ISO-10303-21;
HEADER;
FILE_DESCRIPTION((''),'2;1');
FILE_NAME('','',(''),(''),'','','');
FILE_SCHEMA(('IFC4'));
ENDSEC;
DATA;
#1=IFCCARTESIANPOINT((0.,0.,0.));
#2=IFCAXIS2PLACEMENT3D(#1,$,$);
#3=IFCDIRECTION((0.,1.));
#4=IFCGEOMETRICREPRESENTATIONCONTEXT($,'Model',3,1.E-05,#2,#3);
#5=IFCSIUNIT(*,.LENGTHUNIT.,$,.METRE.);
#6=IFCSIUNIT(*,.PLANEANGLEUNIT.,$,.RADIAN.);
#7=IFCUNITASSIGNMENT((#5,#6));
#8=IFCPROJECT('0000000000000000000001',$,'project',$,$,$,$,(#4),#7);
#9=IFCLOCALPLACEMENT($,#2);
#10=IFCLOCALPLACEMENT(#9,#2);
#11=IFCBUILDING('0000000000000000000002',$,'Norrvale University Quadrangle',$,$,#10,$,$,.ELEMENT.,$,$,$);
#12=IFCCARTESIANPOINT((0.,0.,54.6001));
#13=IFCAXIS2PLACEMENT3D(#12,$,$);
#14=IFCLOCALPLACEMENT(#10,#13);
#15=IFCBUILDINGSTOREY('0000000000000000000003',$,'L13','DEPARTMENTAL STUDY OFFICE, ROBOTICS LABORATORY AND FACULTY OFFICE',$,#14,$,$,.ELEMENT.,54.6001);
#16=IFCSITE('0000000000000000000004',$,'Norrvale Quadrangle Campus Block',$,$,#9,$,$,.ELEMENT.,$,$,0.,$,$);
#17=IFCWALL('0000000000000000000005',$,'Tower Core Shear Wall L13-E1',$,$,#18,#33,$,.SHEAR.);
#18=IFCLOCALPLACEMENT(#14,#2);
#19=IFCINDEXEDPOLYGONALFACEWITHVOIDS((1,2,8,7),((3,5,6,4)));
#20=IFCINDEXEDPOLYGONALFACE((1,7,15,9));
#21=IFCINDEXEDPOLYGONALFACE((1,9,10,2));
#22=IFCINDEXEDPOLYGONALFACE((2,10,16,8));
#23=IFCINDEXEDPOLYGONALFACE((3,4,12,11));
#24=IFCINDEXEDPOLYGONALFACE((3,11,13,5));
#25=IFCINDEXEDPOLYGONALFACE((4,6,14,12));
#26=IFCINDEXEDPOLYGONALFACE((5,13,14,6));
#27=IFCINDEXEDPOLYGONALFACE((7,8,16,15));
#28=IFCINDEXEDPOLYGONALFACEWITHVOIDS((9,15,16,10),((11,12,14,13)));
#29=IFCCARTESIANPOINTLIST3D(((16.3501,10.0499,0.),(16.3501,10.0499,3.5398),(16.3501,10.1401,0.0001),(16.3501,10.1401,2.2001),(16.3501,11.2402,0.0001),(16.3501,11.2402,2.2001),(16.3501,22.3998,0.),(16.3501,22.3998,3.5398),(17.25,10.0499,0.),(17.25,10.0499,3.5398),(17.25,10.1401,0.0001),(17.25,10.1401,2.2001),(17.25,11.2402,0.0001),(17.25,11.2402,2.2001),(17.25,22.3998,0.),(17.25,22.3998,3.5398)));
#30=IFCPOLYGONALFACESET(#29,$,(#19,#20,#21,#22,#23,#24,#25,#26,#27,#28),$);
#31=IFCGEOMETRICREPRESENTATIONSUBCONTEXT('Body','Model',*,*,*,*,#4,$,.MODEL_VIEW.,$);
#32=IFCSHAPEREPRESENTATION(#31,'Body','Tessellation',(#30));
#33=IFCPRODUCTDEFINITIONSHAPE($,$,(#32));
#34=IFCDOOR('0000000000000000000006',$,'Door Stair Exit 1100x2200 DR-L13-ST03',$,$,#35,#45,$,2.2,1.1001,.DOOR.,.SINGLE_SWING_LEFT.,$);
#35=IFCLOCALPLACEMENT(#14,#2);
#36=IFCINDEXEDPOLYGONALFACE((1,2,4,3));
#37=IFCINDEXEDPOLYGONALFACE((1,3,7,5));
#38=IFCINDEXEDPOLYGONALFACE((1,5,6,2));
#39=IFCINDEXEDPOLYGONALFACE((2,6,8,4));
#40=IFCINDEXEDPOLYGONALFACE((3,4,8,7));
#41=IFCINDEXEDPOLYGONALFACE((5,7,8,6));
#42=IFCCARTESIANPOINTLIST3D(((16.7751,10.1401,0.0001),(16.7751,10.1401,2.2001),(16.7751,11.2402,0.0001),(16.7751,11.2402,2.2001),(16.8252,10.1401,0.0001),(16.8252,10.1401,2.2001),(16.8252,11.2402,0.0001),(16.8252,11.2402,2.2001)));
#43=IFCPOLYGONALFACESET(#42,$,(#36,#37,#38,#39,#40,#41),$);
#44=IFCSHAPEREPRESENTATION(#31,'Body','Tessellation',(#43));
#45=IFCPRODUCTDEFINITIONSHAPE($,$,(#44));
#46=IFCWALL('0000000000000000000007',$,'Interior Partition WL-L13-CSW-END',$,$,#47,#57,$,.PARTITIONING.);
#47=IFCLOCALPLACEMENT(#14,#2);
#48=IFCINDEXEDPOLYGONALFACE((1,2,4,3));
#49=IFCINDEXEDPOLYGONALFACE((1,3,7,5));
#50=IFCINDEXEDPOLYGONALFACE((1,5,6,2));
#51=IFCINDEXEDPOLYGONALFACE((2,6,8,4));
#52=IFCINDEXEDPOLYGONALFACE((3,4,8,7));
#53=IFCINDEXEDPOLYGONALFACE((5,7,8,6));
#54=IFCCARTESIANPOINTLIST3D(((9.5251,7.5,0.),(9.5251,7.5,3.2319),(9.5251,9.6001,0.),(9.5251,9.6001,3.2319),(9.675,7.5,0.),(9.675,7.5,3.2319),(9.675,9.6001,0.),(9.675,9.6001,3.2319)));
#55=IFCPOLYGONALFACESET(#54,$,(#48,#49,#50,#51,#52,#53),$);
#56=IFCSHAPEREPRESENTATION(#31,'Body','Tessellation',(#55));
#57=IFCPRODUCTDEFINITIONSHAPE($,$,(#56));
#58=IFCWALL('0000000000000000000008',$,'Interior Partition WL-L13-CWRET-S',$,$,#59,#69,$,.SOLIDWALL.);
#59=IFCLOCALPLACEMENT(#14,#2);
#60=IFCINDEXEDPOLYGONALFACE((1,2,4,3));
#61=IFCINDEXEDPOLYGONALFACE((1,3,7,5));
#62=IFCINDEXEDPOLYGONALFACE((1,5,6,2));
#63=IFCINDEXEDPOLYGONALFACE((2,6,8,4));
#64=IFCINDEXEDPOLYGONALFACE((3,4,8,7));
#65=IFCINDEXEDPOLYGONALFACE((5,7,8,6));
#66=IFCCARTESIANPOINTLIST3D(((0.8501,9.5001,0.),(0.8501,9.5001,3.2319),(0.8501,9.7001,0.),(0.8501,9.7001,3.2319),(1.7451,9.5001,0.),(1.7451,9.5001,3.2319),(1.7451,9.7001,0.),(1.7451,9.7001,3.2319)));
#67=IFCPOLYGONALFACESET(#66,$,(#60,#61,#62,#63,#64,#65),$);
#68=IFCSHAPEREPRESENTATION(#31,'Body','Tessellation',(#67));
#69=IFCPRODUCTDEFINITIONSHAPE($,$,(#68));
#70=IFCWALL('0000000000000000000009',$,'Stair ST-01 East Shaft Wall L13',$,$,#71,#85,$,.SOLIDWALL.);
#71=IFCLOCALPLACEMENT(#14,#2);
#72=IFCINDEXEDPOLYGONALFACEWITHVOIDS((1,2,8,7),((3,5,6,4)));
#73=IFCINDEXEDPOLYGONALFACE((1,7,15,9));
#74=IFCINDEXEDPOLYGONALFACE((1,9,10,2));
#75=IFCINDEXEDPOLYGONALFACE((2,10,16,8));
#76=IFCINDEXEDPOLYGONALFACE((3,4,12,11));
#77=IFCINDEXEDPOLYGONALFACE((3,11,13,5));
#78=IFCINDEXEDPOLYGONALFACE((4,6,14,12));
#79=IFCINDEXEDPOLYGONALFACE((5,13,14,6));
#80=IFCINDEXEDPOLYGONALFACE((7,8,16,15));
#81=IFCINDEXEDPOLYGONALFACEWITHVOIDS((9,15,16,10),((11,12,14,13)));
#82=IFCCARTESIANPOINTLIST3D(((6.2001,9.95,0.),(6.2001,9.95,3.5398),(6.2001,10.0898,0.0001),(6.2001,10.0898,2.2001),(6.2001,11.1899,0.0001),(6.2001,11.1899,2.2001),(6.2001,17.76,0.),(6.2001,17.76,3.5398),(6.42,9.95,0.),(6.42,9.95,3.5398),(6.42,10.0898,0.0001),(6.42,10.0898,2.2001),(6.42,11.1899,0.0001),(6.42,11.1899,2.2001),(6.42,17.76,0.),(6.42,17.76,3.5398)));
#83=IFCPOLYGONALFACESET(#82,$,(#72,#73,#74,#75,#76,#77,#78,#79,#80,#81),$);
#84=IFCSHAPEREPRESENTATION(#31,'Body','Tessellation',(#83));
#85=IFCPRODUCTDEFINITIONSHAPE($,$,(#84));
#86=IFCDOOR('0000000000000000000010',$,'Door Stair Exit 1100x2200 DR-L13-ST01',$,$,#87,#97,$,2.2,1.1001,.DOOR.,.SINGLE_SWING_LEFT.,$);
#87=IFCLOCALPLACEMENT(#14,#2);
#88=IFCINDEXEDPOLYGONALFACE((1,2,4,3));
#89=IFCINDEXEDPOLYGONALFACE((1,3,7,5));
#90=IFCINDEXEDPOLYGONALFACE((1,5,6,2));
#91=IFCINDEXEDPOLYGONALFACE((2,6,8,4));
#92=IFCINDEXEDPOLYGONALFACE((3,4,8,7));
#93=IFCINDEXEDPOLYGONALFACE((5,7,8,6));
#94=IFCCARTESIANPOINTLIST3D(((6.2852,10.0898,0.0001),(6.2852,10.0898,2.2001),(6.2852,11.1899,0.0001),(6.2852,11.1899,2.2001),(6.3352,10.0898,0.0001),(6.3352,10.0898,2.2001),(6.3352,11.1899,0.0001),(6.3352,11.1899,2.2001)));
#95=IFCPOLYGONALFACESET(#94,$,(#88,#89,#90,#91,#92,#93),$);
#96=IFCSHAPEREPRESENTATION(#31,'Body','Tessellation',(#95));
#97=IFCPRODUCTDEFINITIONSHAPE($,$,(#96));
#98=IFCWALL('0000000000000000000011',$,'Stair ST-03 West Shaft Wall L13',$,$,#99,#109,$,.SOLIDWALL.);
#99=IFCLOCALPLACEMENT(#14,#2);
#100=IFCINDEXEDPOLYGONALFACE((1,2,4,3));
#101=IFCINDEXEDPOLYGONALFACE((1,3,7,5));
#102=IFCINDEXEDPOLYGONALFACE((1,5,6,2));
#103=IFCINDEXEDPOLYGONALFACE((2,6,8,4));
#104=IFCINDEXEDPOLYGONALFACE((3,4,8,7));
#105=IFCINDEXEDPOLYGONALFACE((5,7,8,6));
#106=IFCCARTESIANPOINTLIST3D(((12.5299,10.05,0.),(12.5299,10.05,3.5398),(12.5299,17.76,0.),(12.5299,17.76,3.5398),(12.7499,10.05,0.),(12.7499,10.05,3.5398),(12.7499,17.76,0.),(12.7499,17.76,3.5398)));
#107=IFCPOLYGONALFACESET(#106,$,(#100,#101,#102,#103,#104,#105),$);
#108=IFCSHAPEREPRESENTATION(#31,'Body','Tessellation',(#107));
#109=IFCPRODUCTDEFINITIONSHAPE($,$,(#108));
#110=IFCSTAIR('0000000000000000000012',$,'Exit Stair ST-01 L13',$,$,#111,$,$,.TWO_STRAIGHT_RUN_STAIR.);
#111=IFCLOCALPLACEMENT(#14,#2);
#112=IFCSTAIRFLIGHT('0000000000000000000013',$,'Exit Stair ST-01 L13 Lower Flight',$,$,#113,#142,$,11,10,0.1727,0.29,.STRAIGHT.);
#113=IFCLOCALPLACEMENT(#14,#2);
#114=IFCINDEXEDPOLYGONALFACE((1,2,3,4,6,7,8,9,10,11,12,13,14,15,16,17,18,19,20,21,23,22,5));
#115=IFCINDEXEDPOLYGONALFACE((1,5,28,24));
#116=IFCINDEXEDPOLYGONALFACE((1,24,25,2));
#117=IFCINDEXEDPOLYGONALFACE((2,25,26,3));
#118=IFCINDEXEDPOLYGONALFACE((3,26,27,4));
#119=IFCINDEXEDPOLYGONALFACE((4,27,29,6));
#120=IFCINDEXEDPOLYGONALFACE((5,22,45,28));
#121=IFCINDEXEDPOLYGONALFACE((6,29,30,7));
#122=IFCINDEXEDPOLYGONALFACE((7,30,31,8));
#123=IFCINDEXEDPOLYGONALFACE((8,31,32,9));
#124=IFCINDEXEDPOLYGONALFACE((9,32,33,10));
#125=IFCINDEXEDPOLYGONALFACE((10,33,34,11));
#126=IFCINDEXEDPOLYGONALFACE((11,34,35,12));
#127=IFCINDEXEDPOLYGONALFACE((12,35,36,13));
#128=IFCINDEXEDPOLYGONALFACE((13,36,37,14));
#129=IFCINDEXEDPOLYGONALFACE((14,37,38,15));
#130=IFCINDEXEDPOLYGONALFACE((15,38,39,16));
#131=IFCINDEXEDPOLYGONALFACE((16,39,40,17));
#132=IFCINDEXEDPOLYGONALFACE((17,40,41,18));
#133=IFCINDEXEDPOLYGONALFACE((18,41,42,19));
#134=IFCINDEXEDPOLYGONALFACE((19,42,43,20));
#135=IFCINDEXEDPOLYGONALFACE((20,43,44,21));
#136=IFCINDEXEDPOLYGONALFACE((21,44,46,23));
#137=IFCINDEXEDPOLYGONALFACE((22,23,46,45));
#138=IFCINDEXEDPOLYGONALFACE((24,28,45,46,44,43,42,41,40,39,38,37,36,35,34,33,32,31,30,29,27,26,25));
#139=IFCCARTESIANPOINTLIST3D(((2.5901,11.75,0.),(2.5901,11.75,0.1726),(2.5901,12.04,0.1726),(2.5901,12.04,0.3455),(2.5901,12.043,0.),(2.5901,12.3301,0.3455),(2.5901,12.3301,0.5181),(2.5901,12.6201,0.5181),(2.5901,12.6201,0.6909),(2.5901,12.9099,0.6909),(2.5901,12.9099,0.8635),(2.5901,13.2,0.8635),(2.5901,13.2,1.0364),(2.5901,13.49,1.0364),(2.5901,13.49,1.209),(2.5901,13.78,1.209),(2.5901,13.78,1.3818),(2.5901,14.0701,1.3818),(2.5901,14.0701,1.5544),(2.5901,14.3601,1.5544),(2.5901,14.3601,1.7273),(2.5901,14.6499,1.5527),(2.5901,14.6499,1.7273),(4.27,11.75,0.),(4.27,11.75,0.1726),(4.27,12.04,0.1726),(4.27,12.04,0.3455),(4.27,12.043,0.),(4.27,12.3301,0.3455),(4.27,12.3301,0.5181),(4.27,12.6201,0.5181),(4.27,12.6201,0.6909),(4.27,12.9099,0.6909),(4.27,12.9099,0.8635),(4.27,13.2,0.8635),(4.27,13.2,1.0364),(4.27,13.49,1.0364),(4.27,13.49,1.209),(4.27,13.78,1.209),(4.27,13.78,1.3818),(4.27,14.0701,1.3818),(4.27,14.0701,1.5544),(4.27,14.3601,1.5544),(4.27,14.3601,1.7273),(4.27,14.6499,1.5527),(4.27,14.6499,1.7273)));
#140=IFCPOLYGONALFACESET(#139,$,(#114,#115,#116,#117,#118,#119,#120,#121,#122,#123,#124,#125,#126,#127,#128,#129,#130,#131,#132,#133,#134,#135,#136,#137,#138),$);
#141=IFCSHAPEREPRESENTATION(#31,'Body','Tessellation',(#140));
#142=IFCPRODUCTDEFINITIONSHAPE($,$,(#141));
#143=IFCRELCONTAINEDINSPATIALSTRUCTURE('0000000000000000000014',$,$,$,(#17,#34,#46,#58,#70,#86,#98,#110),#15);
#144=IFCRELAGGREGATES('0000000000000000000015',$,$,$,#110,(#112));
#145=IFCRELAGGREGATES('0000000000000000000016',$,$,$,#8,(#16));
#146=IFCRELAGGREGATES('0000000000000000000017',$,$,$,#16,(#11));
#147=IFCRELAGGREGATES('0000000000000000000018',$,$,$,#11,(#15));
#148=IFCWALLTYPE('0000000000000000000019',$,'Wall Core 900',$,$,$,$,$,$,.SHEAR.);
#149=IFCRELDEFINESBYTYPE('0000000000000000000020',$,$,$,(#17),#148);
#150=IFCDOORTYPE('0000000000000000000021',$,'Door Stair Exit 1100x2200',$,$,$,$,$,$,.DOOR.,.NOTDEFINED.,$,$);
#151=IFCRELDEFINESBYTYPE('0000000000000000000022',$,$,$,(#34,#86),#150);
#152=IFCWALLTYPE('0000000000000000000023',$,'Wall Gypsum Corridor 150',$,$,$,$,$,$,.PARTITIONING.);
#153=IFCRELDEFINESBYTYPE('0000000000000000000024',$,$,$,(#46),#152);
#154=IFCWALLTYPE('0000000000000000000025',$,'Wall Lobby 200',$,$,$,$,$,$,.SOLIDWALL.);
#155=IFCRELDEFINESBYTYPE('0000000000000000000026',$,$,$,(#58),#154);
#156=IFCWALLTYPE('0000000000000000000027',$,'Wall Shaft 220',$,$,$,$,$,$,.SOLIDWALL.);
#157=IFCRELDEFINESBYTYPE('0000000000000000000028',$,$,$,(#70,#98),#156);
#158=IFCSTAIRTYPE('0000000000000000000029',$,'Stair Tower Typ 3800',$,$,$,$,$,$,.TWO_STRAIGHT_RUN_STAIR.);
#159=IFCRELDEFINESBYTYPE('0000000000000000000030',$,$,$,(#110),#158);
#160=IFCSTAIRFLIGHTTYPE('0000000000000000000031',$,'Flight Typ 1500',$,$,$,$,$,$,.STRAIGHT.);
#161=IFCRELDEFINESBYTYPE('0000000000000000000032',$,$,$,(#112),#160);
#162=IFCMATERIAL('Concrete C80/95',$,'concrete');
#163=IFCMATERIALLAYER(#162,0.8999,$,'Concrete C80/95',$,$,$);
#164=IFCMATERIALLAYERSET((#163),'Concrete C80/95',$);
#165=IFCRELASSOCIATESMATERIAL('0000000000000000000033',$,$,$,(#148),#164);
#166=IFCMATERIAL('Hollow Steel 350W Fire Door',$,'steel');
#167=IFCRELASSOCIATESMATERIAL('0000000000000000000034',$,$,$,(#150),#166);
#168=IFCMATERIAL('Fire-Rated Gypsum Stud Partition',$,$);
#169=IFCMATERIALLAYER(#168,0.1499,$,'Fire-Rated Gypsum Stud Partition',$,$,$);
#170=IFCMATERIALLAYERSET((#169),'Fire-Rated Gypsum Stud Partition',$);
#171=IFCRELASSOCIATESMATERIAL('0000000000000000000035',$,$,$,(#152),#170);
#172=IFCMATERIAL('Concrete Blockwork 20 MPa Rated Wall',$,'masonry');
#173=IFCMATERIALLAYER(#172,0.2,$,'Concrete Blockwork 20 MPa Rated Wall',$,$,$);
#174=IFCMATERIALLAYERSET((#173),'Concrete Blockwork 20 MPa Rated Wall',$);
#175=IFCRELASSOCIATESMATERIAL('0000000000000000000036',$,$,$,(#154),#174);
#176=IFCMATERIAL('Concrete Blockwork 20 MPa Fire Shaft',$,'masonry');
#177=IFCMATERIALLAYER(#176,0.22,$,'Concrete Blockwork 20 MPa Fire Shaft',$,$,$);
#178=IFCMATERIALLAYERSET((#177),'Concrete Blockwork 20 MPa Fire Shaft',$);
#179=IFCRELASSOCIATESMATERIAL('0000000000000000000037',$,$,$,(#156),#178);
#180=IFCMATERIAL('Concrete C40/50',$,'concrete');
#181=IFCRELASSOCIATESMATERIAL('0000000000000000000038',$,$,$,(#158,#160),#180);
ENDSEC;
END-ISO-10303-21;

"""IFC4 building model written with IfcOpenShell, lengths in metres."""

from ifc_helpers import new_model, si_unit, direction, frame, frame_2d, origin, place, context, subcontext, project, spatial, polyline, rectangle, outline, extrude, material, layer, layer_set, type_object, element, fill, aggregate, save


model = new_model("IFC4")

# Units and contexts
model_context = context("Model", 3, precision=1e-05, world=origin(), true_north=direction((0.0, 1.0)))
body_context = subcontext(model_context, "Body", "Model", "MODEL_VIEW")
ifc_project = project(units=[si_unit("LENGTHUNIT", "METRE"), si_unit("PLANEANGLEUNIT", "RADIAN")], contexts=[model_context])

# Site, building, storey
site_placement = place(None, origin())
site = spatial("IfcSite", under=ifc_project, at=site_placement, Name="Norrvale Quadrangle Campus Block", CompositionType="ELEMENT", RefElevation=0.0)
building_placement = place(site_placement, origin())
building = spatial("IfcBuilding", under=site, at=building_placement, Name="Norrvale University Quadrangle", CompositionType="ELEMENT")
storey_placement = place(building_placement, frame((0.0, 0.0, 54.6001)))
storey = spatial("IfcBuildingStorey", under=building, at=storey_placement, Name="L13", Description="DEPARTMENTAL STUDY OFFICE, ROBOTICS LABORATORY AND FACULTY OFFICE", CompositionType="ELEMENT", Elevation=54.6001)

# Shared definitions
ifc_material_1 = material(Name="Concrete C80/95", Category="concrete")

# Shared definitions
ifc_layer_1 = layer(ifc_material_1, 0.8999, Name="Concrete C80/95")
ifc_layer_set_1 = layer_set([ifc_layer_1], Name="Concrete C80/95")
wall_type_1 = type_object("IfcWallType", Name="Wall Core 900", PredefinedType="SHEAR", material=ifc_layer_set_1)

# Wall, opening, door
wall_1_placement = place(storey_placement, frame((16.8, 10.05, 0.0), z_axis=(0.0, 0.0, 1.0), x_axis=(0.0, 1.0, 0.0)))
wall_1 = element("IfcWall", 1, at=wall_1_placement, inside=storey, type_object=wall_type_1, Name="Tower Core Shear Wall L13-E1", PredefinedType="SHEAR", context=body_context, shape_type="SweptSolid", body=[
    extrude(rectangle(XDim=12.3499, YDim=0.8999, at=frame_2d((6.1748, 0.0))), origin(), (0.0, 0.0, 1.0), 3.5398),
])
opening_1_placement = place(wall_1_placement, frame((0.0901, 0.0, 0.0)))
opening_1 = element("IfcOpeningElement", 2, at=opening_1_placement, cuts=wall_1, PredefinedType="OPENING", context=body_context, shape_type="SweptSolid", body=[
    extrude(rectangle(XDim=1.1001, YDim=2.2, at=frame_2d((0.55, 1.1001))), frame((0.0, 0.4619, 0.0), z_axis=(0.0, -1.0, 0.0), x_axis=(1.0, 0.0, 0.0)), (0.0, 0.0, 1.0), 0.9238),
])
ifc_material_2 = material(Name="Hollow Steel 350W Fire Door", Category="steel")
door_type = type_object("IfcDoorType", Name="Door Stair Exit 1100x2200", OperationType="NOTDEFINED", PredefinedType="DOOR", material=ifc_material_2)
door_1_placement = place(opening_1_placement, origin())
door_1 = element("IfcDoor", 3, at=door_1_placement, inside=storey, type_object=door_type, Name="Door Stair Exit 1100x2200 DR-L13-ST03", OperationType="SINGLE_SWING_LEFT", OverallHeight=2.2, OverallWidth=1.1001, PredefinedType="DOOR", context=body_context, shape_type="SweptSolid", body=[
    extrude(rectangle(XDim=1.1001, YDim=2.2, at=frame_2d((0.55, 1.1001))), frame((0.0, 0.0249, 0.0), z_axis=(0.0, -1.0, 0.0), x_axis=(1.0, 0.0, 0.0)), (0.0, 0.0, 1.0), 0.05),
])
fill(opening_1, door_1)

# Walls
ifc_material_3 = material(Name="Fire-Rated Gypsum Stud Partition")
ifc_layer_2 = layer(ifc_material_3, 0.1499, Name="Fire-Rated Gypsum Stud Partition")
ifc_layer_set_2 = layer_set([ifc_layer_2], Name="Fire-Rated Gypsum Stud Partition")
wall_type_2 = type_object("IfcWallType", Name="Wall Gypsum Corridor 150", PredefinedType="PARTITIONING", material=ifc_layer_set_2)
wall_2_placement = place(storey_placement, frame((9.6001, 7.5, 0.0), z_axis=(0.0, 0.0, 1.0), x_axis=(0.0, 1.0, 0.0)))
element("IfcWall", 4, at=wall_2_placement, inside=storey, type_object=wall_type_2, Name="Interior Partition WL-L13-CSW-END", PredefinedType="PARTITIONING", context=body_context, shape_type="SweptSolid", body=[
    extrude(rectangle(XDim=2.1001, YDim=0.1499, at=frame_2d((1.05, 0.0))), origin(), (0.0, 0.0, 1.0), 3.2319),
])
ifc_material_4 = material(Name="Concrete Blockwork 20 MPa Rated Wall", Category="masonry")
ifc_layer_3 = layer(ifc_material_4, 0.2, Name="Concrete Blockwork 20 MPa Rated Wall")
ifc_layer_set_3 = layer_set([ifc_layer_3], Name="Concrete Blockwork 20 MPa Rated Wall")
wall_type_3 = type_object("IfcWallType", Name="Wall Lobby 200", PredefinedType="SOLIDWALL", material=ifc_layer_set_3)
wall_3_placement = place(storey_placement, frame((0.8501, 9.6001, 0.0), z_axis=(0.0, 0.0, 1.0), x_axis=(1.0, 0.0, 0.0)))
element("IfcWall", 5, at=wall_3_placement, inside=storey, type_object=wall_type_3, Name="Interior Partition WL-L13-CWRET-S", PredefinedType="SOLIDWALL", context=body_context, shape_type="SweptSolid", body=[
    extrude(rectangle(XDim=0.895, YDim=0.2, at=frame_2d((0.4475, 0.0))), origin(), (0.0, 0.0, 1.0), 3.2319),
])

# Wall, opening, door
ifc_material_5 = material(Name="Concrete Blockwork 20 MPa Fire Shaft", Category="masonry")
ifc_layer_4 = layer(ifc_material_5, 0.22, Name="Concrete Blockwork 20 MPa Fire Shaft")
ifc_layer_set_4 = layer_set([ifc_layer_4], Name="Concrete Blockwork 20 MPa Fire Shaft")
wall_type_4 = type_object("IfcWallType", Name="Wall Shaft 220", PredefinedType="SOLIDWALL", material=ifc_layer_set_4)
wall_4_placement = place(storey_placement, frame((6.3101, 9.95, 0.0), z_axis=(0.0, 0.0, 1.0), x_axis=(0.0, 1.0, 0.0)))
wall_4 = element("IfcWall", 6, at=wall_4_placement, inside=storey, type_object=wall_type_4, Name="Stair ST-01 East Shaft Wall L13", PredefinedType="SOLIDWALL", context=body_context, shape_type="SweptSolid", body=[
    extrude(rectangle(XDim=7.8101, YDim=0.22, at=frame_2d((3.905, 0.0))), origin(), (0.0, 0.0, 1.0), 3.5398),
])
opening_2_placement = place(wall_4_placement, frame((0.1399, 0.0, 0.0)))
opening_2 = element("IfcOpeningElement", 7, at=opening_2_placement, cuts=wall_4, PredefinedType="OPENING", context=body_context, shape_type="SweptSolid", body=[
    extrude(rectangle(XDim=1.1001, YDim=2.2, at=frame_2d((0.55, 1.1001))), frame((0.0, 0.1221, 0.0), z_axis=(0.0, -1.0, 0.0), x_axis=(1.0, 0.0, 0.0)), (0.0, 0.0, 1.0), 0.2439),
])
door_2_placement = place(opening_2_placement, origin())
door_2 = element("IfcDoor", 8, at=door_2_placement, inside=storey, type_object=door_type, Name="Door Stair Exit 1100x2200 DR-L13-ST01", OperationType="SINGLE_SWING_LEFT", OverallHeight=2.2, OverallWidth=1.1001, PredefinedType="DOOR", context=body_context, shape_type="SweptSolid", body=[
    extrude(rectangle(XDim=1.1001, YDim=2.2, at=frame_2d((0.55, 1.1001))), frame((0.0, 0.0249, 0.0), z_axis=(0.0, -1.0, 0.0), x_axis=(1.0, 0.0, 0.0)), (0.0, 0.0, 1.0), 0.05),
])
fill(opening_2, door_2)

# Wall
wall_5_placement = place(storey_placement, frame((12.6399, 10.05, 0.0), z_axis=(0.0, 0.0, 1.0), x_axis=(0.0, 1.0, 0.0)))
element("IfcWall", 9, at=wall_5_placement, inside=storey, type_object=wall_type_4, Name="Stair ST-03 West Shaft Wall L13", PredefinedType="SOLIDWALL", context=body_context, shape_type="SweptSolid", body=[
    extrude(rectangle(XDim=7.71, YDim=0.22, at=frame_2d((3.855, 0.0))), origin(), (0.0, 0.0, 1.0), 3.5398),
])

# Stair, stair flight
ifc_material_6 = material(Name="Concrete C40/50", Category="concrete")
stair_type = type_object("IfcStairType", Name="Stair Tower Typ 3800", PredefinedType="TWO_STRAIGHT_RUN_STAIR", material=ifc_material_6)
stair_placement = place(storey_placement, origin())
stair = element("IfcStair", 10, at=stair_placement, inside=storey, type_object=stair_type, Name="Exit Stair ST-01 L13", PredefinedType="TWO_STRAIGHT_RUN_STAIR")
stair_flight_type = type_object("IfcStairFlightType", Name="Flight Typ 1500", PredefinedType="STRAIGHT", material=ifc_material_6)
stair_flight_placement = place(storey_placement, frame((3.4299, 11.75, 0.0), z_axis=(0.0, 0.0, 1.0), x_axis=(0.0, 1.0, 0.0)))
stair_flight = element("IfcStairFlight", 11, at=stair_flight_placement, type_object=stair_flight_type, Name="Exit Stair ST-01 L13 Lower Flight", NumberOfRisers=11, NumberOfTreads=10, PredefinedType="STRAIGHT", RiserHeight=0.1727, TreadLength=0.29, context=body_context, shape_type="SweptSolid", body=[
    extrude(outline(polyline([(0.0, 0.0), (0.0, 0.1726), (0.29, 0.1726), (0.29, 0.3455), (0.5801, 0.3455), (0.5801, 0.5181), (0.8701, 0.5181), (0.8701, 0.6909), (1.1599, 0.6909), (1.1599, 0.8635), (1.45, 0.8635), (1.45, 1.0364), (1.74, 1.0364), (1.74, 1.209), (2.03, 1.209), (2.03, 1.3818), (2.3201, 1.3818), (2.3201, 1.5544), (2.6101, 1.5544), (2.6101, 1.7273), (2.8999, 1.7273), (2.8999, 1.8999), (2.8999, 1.5527), (0.293, 0.0), (0.0, 0.0)])), frame((0.0, 0.8398, 0.0), z_axis=(0.0, -1.0, 0.0), x_axis=(1.0, 0.0, 0.0)), (0.0, 0.0, 1.0), 1.6799),
])
aggregate(stair, [stair_flight])

save(model, "model.ifc")
